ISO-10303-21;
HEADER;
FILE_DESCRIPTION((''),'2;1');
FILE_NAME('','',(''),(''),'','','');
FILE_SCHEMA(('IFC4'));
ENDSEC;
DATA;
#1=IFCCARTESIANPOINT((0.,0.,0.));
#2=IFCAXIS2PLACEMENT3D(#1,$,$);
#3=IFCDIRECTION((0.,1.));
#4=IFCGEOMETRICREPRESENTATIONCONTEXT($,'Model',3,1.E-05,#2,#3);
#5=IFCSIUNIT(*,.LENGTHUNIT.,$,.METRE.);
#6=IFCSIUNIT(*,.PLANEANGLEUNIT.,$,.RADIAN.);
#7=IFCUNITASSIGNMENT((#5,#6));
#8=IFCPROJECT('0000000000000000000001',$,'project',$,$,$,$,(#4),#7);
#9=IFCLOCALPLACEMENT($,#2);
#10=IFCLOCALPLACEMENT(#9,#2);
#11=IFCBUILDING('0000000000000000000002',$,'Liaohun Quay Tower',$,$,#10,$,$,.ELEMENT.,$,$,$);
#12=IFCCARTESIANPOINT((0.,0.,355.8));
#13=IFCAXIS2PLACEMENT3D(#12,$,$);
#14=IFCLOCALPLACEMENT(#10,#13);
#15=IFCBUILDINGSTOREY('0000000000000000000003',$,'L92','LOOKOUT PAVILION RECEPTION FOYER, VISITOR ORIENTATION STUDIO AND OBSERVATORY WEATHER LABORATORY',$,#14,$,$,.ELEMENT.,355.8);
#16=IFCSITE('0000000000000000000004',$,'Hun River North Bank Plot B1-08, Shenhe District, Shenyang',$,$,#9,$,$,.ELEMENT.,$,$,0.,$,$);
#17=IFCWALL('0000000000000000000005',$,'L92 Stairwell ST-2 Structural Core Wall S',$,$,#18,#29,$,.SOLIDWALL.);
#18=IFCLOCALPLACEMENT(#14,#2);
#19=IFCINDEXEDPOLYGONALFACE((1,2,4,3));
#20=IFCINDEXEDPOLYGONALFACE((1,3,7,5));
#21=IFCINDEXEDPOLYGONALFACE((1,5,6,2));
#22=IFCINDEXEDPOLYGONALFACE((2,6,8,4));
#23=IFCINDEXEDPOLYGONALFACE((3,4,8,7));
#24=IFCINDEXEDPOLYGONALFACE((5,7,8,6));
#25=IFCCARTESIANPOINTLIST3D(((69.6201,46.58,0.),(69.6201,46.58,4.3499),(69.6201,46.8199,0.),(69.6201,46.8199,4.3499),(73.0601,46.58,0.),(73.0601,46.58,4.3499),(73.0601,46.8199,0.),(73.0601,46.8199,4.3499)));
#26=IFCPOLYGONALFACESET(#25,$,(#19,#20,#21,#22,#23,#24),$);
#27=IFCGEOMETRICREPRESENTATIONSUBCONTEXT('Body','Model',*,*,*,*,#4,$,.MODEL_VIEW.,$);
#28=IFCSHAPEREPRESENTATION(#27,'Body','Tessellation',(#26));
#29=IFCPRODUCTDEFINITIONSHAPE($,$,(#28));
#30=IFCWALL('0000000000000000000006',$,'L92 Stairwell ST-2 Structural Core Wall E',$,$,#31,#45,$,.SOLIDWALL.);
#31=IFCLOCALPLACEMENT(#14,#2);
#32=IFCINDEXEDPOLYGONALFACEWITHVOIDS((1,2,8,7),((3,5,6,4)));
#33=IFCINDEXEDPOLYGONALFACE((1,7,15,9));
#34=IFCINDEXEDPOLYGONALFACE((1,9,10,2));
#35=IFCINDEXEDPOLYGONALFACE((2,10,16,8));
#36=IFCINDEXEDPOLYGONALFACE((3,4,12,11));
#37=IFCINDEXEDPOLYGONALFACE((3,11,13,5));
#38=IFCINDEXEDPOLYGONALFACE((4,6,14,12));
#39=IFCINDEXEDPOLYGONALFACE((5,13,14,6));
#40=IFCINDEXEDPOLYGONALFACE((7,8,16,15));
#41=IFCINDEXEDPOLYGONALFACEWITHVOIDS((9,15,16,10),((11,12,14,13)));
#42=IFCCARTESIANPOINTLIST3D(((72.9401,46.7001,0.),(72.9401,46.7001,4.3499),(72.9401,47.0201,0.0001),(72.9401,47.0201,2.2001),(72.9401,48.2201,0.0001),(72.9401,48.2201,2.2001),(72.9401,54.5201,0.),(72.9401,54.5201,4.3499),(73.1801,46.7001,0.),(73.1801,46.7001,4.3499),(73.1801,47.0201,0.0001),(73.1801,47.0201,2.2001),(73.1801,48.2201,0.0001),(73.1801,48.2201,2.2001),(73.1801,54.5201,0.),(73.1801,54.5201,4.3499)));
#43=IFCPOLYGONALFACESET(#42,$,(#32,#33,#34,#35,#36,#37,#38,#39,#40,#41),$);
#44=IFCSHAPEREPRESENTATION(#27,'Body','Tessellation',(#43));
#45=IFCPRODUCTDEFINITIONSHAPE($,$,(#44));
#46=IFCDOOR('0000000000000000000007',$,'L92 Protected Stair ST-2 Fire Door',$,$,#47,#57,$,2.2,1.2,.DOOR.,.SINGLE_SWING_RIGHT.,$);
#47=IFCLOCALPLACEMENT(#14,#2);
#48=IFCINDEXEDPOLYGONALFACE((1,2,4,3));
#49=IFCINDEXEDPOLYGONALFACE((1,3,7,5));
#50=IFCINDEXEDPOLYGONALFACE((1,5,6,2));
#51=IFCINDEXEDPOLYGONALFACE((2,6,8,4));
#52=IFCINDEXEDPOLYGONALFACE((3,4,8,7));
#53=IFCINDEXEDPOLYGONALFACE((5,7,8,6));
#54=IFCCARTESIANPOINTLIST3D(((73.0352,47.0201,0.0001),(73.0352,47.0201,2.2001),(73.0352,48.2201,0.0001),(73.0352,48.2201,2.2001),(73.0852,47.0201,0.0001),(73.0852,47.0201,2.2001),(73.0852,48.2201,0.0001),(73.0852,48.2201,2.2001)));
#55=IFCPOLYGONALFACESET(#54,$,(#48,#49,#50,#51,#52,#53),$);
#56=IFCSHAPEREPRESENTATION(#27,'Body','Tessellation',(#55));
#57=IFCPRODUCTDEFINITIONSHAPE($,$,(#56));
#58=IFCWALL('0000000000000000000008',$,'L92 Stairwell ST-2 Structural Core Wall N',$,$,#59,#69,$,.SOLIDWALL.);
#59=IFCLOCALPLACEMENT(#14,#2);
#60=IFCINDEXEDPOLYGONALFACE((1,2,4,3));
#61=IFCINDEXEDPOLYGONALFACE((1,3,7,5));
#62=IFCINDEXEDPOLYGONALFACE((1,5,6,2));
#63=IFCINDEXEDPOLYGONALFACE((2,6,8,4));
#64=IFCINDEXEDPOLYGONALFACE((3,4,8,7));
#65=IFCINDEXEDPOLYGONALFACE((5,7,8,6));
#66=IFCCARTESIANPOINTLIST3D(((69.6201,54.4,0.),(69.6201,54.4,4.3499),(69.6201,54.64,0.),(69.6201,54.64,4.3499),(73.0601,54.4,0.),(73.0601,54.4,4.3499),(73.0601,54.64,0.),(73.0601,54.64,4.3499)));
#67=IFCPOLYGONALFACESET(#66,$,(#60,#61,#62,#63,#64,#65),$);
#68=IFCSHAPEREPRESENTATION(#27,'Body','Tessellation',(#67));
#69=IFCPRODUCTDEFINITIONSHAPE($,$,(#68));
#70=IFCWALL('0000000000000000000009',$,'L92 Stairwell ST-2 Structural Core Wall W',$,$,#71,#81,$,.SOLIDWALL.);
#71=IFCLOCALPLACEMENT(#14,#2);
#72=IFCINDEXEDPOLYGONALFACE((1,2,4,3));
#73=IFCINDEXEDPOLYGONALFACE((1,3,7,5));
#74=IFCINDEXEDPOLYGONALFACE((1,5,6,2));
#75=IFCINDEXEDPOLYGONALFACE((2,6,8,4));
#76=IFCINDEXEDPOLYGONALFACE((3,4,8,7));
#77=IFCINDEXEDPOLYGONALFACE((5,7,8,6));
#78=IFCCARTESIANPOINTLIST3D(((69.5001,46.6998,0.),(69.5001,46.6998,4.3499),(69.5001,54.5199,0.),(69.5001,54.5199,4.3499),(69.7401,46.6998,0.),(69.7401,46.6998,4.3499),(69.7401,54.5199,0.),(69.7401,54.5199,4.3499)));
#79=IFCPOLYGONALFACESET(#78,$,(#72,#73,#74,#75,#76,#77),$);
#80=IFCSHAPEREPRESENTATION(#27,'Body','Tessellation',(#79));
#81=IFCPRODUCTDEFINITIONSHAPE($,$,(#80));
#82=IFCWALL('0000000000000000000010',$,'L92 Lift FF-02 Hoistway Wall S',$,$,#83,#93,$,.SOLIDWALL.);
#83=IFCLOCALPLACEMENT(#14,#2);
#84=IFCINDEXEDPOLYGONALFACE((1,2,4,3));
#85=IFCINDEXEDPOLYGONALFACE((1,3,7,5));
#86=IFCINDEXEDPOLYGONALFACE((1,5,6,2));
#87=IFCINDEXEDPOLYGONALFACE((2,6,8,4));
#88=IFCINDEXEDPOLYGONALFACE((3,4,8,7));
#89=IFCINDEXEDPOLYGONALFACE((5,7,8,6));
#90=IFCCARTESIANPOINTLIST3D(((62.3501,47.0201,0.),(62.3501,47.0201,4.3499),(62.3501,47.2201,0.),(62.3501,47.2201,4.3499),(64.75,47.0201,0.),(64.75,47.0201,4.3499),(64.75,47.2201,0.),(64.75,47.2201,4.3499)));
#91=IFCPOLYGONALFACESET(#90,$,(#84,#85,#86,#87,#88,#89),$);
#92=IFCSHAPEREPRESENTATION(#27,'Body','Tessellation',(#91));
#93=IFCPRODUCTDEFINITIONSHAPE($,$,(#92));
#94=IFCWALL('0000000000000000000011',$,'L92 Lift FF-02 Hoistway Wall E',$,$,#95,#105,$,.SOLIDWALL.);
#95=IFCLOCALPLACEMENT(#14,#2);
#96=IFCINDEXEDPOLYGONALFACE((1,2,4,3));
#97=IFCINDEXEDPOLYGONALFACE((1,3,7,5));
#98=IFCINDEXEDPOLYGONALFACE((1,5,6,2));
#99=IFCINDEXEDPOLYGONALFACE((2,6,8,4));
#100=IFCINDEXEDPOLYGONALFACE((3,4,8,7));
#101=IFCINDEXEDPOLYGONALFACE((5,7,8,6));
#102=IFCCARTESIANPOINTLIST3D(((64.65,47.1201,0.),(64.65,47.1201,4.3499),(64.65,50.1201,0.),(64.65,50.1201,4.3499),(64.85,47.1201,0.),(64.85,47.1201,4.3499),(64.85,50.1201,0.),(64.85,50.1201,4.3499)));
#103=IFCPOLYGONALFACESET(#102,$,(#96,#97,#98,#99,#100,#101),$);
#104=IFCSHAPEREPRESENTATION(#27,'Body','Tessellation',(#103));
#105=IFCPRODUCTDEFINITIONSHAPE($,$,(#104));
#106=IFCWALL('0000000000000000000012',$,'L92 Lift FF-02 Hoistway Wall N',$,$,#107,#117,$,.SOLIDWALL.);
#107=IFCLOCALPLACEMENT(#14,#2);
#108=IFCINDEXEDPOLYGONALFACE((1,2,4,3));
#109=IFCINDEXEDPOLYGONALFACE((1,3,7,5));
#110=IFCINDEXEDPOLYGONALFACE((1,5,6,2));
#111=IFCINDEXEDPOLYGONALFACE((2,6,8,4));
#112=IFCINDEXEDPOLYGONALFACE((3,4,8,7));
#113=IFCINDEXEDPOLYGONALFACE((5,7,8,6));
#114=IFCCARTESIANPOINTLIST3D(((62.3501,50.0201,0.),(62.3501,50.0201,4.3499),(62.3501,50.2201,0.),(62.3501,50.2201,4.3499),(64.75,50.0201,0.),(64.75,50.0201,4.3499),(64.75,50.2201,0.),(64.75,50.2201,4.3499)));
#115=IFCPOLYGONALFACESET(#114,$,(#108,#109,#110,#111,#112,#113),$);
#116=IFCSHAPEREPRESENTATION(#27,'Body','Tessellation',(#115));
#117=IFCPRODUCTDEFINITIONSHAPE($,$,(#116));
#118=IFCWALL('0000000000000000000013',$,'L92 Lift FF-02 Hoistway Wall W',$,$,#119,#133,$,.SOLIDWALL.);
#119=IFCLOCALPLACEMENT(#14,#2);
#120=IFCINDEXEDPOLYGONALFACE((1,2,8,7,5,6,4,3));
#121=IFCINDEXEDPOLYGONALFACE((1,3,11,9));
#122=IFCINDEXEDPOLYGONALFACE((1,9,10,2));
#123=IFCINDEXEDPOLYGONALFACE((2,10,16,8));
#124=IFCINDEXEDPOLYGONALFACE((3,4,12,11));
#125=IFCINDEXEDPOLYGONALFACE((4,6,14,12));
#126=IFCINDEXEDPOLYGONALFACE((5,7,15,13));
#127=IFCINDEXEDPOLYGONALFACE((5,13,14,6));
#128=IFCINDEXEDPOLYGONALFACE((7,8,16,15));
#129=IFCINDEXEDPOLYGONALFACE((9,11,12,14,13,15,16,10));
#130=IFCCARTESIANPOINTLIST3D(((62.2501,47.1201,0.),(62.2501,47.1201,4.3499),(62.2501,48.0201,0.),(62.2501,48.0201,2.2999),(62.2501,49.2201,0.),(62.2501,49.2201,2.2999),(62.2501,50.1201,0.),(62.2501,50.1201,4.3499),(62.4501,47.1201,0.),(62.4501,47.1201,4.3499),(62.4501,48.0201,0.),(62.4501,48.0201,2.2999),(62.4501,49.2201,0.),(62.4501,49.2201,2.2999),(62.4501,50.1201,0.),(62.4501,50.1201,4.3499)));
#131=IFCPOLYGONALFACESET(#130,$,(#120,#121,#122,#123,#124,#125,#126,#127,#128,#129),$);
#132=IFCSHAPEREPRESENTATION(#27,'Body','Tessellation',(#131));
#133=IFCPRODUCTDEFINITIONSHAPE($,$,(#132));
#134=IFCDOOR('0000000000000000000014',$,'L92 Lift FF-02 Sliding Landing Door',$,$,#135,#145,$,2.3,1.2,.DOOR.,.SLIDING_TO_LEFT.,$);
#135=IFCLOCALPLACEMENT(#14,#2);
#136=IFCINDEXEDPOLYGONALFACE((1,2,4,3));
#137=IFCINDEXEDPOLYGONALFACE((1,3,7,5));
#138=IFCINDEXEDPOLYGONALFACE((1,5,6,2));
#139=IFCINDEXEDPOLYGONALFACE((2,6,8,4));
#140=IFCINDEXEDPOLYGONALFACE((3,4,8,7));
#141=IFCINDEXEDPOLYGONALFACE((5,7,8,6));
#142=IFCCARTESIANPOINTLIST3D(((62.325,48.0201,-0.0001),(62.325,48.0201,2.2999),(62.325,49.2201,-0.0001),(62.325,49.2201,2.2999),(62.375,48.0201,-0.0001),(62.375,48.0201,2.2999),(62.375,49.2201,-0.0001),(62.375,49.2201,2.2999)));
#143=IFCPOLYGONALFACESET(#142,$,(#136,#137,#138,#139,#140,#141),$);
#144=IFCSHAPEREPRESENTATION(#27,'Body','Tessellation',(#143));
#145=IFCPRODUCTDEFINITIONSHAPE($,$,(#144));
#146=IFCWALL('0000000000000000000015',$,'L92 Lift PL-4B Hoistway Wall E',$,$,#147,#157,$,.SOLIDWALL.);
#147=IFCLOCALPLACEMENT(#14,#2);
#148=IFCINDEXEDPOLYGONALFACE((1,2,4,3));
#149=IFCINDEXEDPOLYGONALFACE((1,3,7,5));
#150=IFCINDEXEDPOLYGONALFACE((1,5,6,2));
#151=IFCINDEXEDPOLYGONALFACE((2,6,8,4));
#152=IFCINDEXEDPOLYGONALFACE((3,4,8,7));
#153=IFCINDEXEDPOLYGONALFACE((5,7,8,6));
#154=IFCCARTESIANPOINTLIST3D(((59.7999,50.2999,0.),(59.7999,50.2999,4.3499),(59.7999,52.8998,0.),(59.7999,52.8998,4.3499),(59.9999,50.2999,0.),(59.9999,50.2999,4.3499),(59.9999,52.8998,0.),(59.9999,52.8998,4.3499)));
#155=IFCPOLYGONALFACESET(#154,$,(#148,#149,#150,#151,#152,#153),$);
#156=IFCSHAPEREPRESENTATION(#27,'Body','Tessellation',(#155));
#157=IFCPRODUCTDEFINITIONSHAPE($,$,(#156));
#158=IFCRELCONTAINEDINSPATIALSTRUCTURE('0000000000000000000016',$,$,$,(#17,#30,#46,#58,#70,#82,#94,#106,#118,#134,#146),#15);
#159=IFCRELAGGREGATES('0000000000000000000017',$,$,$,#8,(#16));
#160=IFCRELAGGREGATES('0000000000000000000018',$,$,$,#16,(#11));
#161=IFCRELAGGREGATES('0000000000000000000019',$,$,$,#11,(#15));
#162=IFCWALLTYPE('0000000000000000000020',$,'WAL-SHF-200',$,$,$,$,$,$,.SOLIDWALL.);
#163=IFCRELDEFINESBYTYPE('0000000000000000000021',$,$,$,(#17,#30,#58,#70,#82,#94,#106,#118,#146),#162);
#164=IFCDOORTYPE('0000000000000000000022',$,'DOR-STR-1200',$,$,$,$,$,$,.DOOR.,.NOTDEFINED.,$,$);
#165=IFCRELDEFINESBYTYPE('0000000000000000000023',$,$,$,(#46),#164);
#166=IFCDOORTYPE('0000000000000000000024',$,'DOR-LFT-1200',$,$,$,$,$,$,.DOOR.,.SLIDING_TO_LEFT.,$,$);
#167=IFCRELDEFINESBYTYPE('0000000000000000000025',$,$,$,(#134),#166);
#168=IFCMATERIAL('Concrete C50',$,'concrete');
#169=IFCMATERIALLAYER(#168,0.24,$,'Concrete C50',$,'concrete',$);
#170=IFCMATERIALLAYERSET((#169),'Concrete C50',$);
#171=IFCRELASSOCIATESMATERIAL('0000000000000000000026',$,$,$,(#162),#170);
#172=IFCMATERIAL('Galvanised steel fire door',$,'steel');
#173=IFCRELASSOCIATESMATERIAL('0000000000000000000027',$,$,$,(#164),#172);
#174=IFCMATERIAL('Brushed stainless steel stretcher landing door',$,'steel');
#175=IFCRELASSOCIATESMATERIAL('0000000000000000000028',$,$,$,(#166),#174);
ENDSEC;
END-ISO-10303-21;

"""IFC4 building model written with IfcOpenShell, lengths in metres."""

from ifc_helpers import new_model, si_unit, direction, frame, frame_2d, origin, place, context, subcontext, project, spatial, rectangle, extrude, source, transform, mapped, material, layer, layer_set, type_object, element, fill, save


model = new_model("IFC4")

# Units and contexts
model_context = context("Model", 3, precision=1e-05, world=origin(), true_north=direction((0.0, 1.0)))
body_context = subcontext(model_context, "Body", "Model", "MODEL_VIEW")
ifc_project = project(units=[si_unit("LENGTHUNIT", "METRE"), si_unit("PLANEANGLEUNIT", "RADIAN")], contexts=[model_context])

# Site, building, storey
site_placement = place(None, origin())
site = spatial("IfcSite", under=ifc_project, at=site_placement, Name="Hun River North Bank Plot B1-08, Shenhe District, Shenyang", CompositionType="ELEMENT", RefElevation=0.0)
building_placement = place(site_placement, origin())
building = spatial("IfcBuilding", under=site, at=building_placement, Name="Liaohun Quay Tower", CompositionType="ELEMENT")
storey_placement = place(building_placement, frame((0.0, 0.0, 355.8)))
storey = spatial("IfcBuildingStorey", under=building, at=storey_placement, Name="L92", Description="LOOKOUT PAVILION RECEPTION FOYER, VISITOR ORIENTATION STUDIO AND OBSERVATORY WEATHER LABORATORY", CompositionType="ELEMENT", Elevation=355.8)

# Wall
ifc_material_1 = material(Name="Concrete C50", Category="concrete")
ifc_layer_1 = layer(ifc_material_1, 0.24, Name="Concrete C50", Category="concrete")
ifc_layer_set_1 = layer_set([ifc_layer_1], Name="Concrete C50")
wall_type_1 = type_object("IfcWallType", Name="WAL-SHF-200", PredefinedType="SOLIDWALL", material=ifc_layer_set_1)
wall_1_placement = place(storey_placement, frame((69.6201, 46.7, 0.0), z_axis=(0.0, 0.0, 1.0), x_axis=(1.0, 0.0, 0.0)))
element("IfcWall", 1, at=wall_1_placement, inside=storey, type_object=wall_type_1, Name="L92 Stairwell ST-2 Structural Core Wall S", PredefinedType="SOLIDWALL", context=body_context, shape_type="SweptSolid", body=[
    extrude(rectangle(XDim=3.4399, YDim=0.24, at=frame_2d((1.72, 0.0))), origin(), (0.0, 0.0, 1.0), 4.3499),
])

# Wall, opening, door
wall_2_placement = place(storey_placement, frame((73.0601, 46.7, 0.0), z_axis=(0.0, 0.0, 1.0), x_axis=(0.0, 1.0, 0.0)))
wall_2 = element("IfcWall", 2, at=wall_2_placement, inside=storey, type_object=wall_type_1, Name="L92 Stairwell ST-2 Structural Core Wall E", PredefinedType="SOLIDWALL", context=body_context, shape_type="SweptSolid", body=[
    extrude(rectangle(XDim=7.8201, YDim=0.24, at=frame_2d((3.9102, 0.0))), origin(), (0.0, 0.0, 1.0), 4.3499),
])
shared_shape_1 = source(origin(), body_context, "Body", "SweptSolid", [
    extrude(rectangle(XDim=1.2, YDim=2.2, at=frame_2d((0.6001, 1.1001))), frame((0.0, 0.1299, 0.0), z_axis=(0.0, -1.0, 0.0), x_axis=(1.0, 0.0, 0.0)), (0.0, 0.0, 1.0), 0.26),
])
opening_1_placement = place(wall_2_placement, frame((0.3201, 0.0, 0.0)))
opening_1 = element("IfcOpeningElement", 3, at=opening_1_placement, cuts=wall_2, PredefinedType="OPENING", context=body_context, shape_type="MappedRepresentation", body=[
    mapped(shared_shape_1, transform((0.0, 0.0, 0.0), x_axis=(1.0, 0.0, 0.0), y_axis=(0.0, 1.0, 0.0), z_axis=(0.0, 0.0, 1.0), scale=1.0)),
])
ifc_material_2 = material(Name="Galvanised steel fire door", Category="steel")
door_type_1 = type_object("IfcDoorType", Name="DOR-STR-1200", OperationType="NOTDEFINED", PredefinedType="DOOR", material=ifc_material_2)
shared_shape_2 = source(origin(), body_context, "Body", "SweptSolid", [
    extrude(rectangle(XDim=1.2, YDim=2.2, at=frame_2d((0.6001, 1.1001))), frame((0.0, 0.0249, 0.0), z_axis=(0.0, -1.0, 0.0), x_axis=(1.0, 0.0, 0.0)), (0.0, 0.0, 1.0), 0.05),
])
door_1_placement = place(opening_1_placement, origin())
door_1 = element("IfcDoor", 4, at=door_1_placement, inside=storey, type_object=door_type_1, Name="L92 Protected Stair ST-2 Fire Door", OperationType="SINGLE_SWING_RIGHT", OverallHeight=2.2, OverallWidth=1.2, PredefinedType="DOOR", context=body_context, shape_type="MappedRepresentation", body=[
    mapped(shared_shape_2, transform((0.0, 0.0, 0.0), x_axis=(1.0, 0.0, 0.0), y_axis=(0.0, 1.0, 0.0), z_axis=(0.0, 0.0, 1.0), scale=1.0)),
])
fill(opening_1, door_1)

# Walls
wall_3_placement = place(storey_placement, frame((73.0601, 54.52, 0.0), z_axis=(0.0, 0.0, 1.0), x_axis=(-1.0, 0.0, 0.0)))
element("IfcWall", 5, at=wall_3_placement, inside=storey, type_object=wall_type_1, Name="L92 Stairwell ST-2 Structural Core Wall N", PredefinedType="SOLIDWALL", context=body_context, shape_type="SweptSolid", body=[
    extrude(rectangle(XDim=3.4399, YDim=0.24, at=frame_2d((1.72, 0.0))), origin(), (0.0, 0.0, 1.0), 4.3499),
])
wall_4_placement = place(storey_placement, frame((69.6201, 54.52, 0.0), z_axis=(0.0, 0.0, 1.0), x_axis=(0.0, -1.0, 0.0)))
element("IfcWall", 6, at=wall_4_placement, inside=storey, type_object=wall_type_1, Name="L92 Stairwell ST-2 Structural Core Wall W", PredefinedType="SOLIDWALL", context=body_context, shape_type="SweptSolid", body=[
    extrude(rectangle(XDim=7.8201, YDim=0.24, at=frame_2d((3.9102, 0.0))), origin(), (0.0, 0.0, 1.0), 4.3499),
])
wall_5_placement = place(storey_placement, frame((62.3501, 47.1201, 0.0), z_axis=(0.0, 0.0, 1.0), x_axis=(1.0, 0.0, 0.0)))
element("IfcWall", 7, at=wall_5_placement, inside=storey, type_object=wall_type_1, Name="L92 Lift FF-02 Hoistway Wall S", PredefinedType="SOLIDWALL", context=body_context, shape_type="SweptSolid", body=[
    extrude(rectangle(XDim=2.3999, YDim=0.2, at=frame_2d((1.2, 0.0))), origin(), (0.0, 0.0, 1.0), 4.3499),
])
wall_6_placement = place(storey_placement, frame((64.75, 47.1201, 0.0), z_axis=(0.0, 0.0, 1.0), x_axis=(0.0, 1.0, 0.0)))
element("IfcWall", 8, at=wall_6_placement, inside=storey, type_object=wall_type_1, Name="L92 Lift FF-02 Hoistway Wall E", PredefinedType="SOLIDWALL", context=body_context, shape_type="SweptSolid", body=[
    extrude(rectangle(XDim=3.0, YDim=0.2, at=frame_2d((1.5, 0.0))), origin(), (0.0, 0.0, 1.0), 4.3499),
])
wall_7_placement = place(storey_placement, frame((64.75, 50.1201, 0.0), z_axis=(0.0, 0.0, 1.0), x_axis=(-1.0, 0.0, 0.0)))
element("IfcWall", 9, at=wall_7_placement, inside=storey, type_object=wall_type_1, Name="L92 Lift FF-02 Hoistway Wall N", PredefinedType="SOLIDWALL", context=body_context, shape_type="SweptSolid", body=[
    extrude(rectangle(XDim=2.3999, YDim=0.2, at=frame_2d((1.2, 0.0))), origin(), (0.0, 0.0, 1.0), 4.3499),
])

# Wall, opening, door
wall_8_placement = place(storey_placement, frame((62.3501, 50.1201, 0.0), z_axis=(0.0, 0.0, 1.0), x_axis=(0.0, -1.0, 0.0)))
wall_8 = element("IfcWall", 10, at=wall_8_placement, inside=storey, type_object=wall_type_1, Name="L92 Lift FF-02 Hoistway Wall W", PredefinedType="SOLIDWALL", context=body_context, shape_type="SweptSolid", body=[
    extrude(rectangle(XDim=3.0, YDim=0.2, at=frame_2d((1.5, 0.0))), origin(), (0.0, 0.0, 1.0), 4.3499),
])
shared_shape_3 = source(origin(), body_context, "Body", "SweptSolid", [
    extrude(rectangle(XDim=1.2, YDim=2.3, at=frame_2d((0.6001, 1.1499))), frame((0.0, 0.1099, 0.0), z_axis=(0.0, -1.0, 0.0), x_axis=(1.0, 0.0, 0.0)), (0.0, 0.0, 1.0), 0.22),
])
opening_2_placement = place(wall_8_placement, frame((0.8999, 0.0, 0.0)))
opening_2 = element("IfcOpeningElement", 11, at=opening_2_placement, cuts=wall_8, PredefinedType="OPENING", context=body_context, shape_type="MappedRepresentation", body=[
    mapped(shared_shape_3, transform((0.0, 0.0, 0.0), x_axis=(1.0, 0.0, 0.0), y_axis=(0.0, 1.0, 0.0), z_axis=(0.0, 0.0, 1.0), scale=1.0)),
])
ifc_material_3 = material(Name="Brushed stainless steel stretcher landing door", Category="steel")
door_type_2 = type_object("IfcDoorType", Name="DOR-LFT-1200", OperationType="SLIDING_TO_LEFT", PredefinedType="DOOR", material=ifc_material_3)
shared_shape_4 = source(origin(), body_context, "Body", "SweptSolid", [
    extrude(rectangle(XDim=1.2, YDim=2.3, at=frame_2d((0.6001, 1.1499))), frame((0.0, 0.0249, 0.0), z_axis=(0.0, -1.0, 0.0), x_axis=(1.0, 0.0, 0.0)), (0.0, 0.0, 1.0), 0.05),
])
door_2_placement = place(opening_2_placement, origin())
door_2 = element("IfcDoor", 12, at=door_2_placement, inside=storey, type_object=door_type_2, Name="L92 Lift FF-02 Sliding Landing Door", OperationType="SLIDING_TO_LEFT", OverallHeight=2.3, OverallWidth=1.2, PredefinedType="DOOR", context=body_context, shape_type="MappedRepresentation", body=[
    mapped(shared_shape_4, transform((0.0, 0.0, 0.0), x_axis=(1.0, 0.0, 0.0), y_axis=(0.0, 1.0, 0.0), z_axis=(0.0, 0.0, 1.0), scale=1.0)),
])
fill(opening_2, door_2)

# Wall
wall_9_placement = place(storey_placement, frame((59.8999, 50.3, 0.0), z_axis=(0.0, 0.0, 1.0), x_axis=(0.0, 1.0, 0.0)))
element("IfcWall", 13, at=wall_9_placement, inside=storey, type_object=wall_type_1, Name="L92 Lift PL-4B Hoistway Wall E", PredefinedType="SOLIDWALL", context=body_context, shape_type="SweptSolid", body=[
    extrude(rectangle(XDim=2.5999, YDim=0.2, at=frame_2d((1.2998, 0.0))), origin(), (0.0, 0.0, 1.0), 4.3499),
])

save(model, "model.ifc")
